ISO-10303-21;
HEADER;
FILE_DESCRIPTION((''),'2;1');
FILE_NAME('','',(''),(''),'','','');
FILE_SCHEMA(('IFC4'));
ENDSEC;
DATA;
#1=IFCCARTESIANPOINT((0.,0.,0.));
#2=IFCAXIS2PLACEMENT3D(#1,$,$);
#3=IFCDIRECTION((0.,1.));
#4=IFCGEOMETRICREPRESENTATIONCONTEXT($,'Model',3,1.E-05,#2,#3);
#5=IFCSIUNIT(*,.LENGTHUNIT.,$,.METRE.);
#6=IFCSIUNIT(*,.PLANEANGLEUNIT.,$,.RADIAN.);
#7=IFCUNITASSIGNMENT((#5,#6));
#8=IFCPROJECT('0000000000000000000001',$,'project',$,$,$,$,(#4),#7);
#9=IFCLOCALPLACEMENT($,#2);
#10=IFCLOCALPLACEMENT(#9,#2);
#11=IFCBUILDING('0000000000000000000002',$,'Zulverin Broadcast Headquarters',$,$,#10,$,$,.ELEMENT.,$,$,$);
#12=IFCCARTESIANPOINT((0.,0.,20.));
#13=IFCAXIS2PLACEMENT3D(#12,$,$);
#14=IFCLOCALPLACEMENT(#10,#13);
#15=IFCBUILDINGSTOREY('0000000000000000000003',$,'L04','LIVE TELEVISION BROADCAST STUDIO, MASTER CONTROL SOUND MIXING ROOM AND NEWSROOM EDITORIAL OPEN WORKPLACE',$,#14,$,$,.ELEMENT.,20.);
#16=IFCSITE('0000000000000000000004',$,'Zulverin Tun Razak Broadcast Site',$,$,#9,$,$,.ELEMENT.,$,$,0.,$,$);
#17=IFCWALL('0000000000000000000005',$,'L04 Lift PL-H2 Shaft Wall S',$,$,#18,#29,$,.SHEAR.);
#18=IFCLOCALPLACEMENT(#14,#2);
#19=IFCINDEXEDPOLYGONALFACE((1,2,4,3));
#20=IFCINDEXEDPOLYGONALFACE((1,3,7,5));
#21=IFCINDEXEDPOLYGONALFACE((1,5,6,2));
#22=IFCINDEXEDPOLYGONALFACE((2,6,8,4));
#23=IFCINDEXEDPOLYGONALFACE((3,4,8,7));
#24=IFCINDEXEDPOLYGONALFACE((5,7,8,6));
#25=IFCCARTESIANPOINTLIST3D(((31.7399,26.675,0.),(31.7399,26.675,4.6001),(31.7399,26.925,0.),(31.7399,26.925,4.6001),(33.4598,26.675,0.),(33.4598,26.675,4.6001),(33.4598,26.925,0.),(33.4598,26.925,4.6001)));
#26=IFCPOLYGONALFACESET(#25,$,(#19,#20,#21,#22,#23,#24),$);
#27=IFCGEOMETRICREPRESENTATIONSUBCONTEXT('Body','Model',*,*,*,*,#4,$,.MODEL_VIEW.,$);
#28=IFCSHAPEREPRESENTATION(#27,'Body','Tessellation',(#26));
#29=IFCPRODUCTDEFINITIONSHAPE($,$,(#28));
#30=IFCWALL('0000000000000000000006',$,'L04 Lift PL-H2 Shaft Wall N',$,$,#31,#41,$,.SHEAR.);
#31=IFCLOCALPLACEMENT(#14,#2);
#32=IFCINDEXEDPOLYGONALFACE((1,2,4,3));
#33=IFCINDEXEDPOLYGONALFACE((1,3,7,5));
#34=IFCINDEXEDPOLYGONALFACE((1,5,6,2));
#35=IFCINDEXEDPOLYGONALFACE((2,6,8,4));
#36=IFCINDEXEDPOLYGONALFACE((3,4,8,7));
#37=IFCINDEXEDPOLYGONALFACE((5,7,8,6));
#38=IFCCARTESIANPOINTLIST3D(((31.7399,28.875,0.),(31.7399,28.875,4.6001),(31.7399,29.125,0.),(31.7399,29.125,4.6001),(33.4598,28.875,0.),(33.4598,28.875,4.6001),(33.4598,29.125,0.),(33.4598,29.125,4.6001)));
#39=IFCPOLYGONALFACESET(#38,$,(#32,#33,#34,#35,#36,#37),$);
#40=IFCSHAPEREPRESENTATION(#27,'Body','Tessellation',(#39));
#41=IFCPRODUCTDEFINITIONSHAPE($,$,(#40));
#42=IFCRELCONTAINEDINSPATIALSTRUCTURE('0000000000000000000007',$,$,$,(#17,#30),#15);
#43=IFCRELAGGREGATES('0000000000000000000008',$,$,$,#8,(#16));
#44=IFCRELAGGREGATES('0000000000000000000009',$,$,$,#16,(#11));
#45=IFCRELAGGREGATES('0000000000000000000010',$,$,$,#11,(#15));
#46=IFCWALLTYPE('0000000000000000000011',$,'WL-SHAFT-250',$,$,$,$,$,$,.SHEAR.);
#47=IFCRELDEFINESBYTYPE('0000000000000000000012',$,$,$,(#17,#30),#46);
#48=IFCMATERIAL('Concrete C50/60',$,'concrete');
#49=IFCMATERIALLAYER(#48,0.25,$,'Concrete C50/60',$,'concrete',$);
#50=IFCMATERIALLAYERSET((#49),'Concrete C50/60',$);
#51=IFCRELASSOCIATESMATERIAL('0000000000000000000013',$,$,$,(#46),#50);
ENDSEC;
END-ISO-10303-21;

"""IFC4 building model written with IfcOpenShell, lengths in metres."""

from ifc_helpers import new_model, si_unit, direction, frame, frame_2d, origin, place, context, subcontext, project, spatial, rectangle, extrude, material, layer, layer_set, type_object, element, save


model = new_model("IFC4")

# Units and contexts
model_context = context("Model", 3, precision=1e-05, world=origin(), true_north=direction((0.0, 1.0)))
body_context = subcontext(model_context, "Body", "Model", "MODEL_VIEW")
ifc_project = project(units=[si_unit("LENGTHUNIT", "METRE"), si_unit("PLANEANGLEUNIT", "RADIAN")], contexts=[model_context])

# Site, building, storey
site_placement = place(None, origin())
site = spatial("IfcSite", under=ifc_project, at=site_placement, Name="Zulverin Tun Razak Broadcast Site", CompositionType="ELEMENT", RefElevation=0.0)
building_placement = place(site_placement, origin())
building = spatial("IfcBuilding", under=site, at=building_placement, Name="Zulverin Broadcast Headquarters", CompositionType="ELEMENT")
storey_placement = place(building_placement, frame((0.0, 0.0, 20.0)))
storey = spatial("IfcBuildingStorey", under=building, at=storey_placement, Name="L04", Description="LIVE TELEVISION BROADCAST STUDIO, MASTER CONTROL SOUND MIXING ROOM AND NEWSROOM EDITORIAL OPEN WORKPLACE", CompositionType="ELEMENT", Elevation=20.0)

# Shared definitions
ifc_material_1 = material(Name="Concrete C50/60", Category="concrete")
ifc_layer_1 = layer(ifc_material_1, 0.25, Name="Concrete C50/60", Category="concrete")
ifc_layer_set_1 = layer_set([ifc_layer_1], Name="Concrete C50/60")
wall_type_1 = type_object("IfcWallType", Name="WL-SHAFT-250", PredefinedType="SHEAR", material=ifc_layer_set_1)

# Walls
for number, where, z_axis, x_axis, name in (
    (1, (31.74, 26.8, 0.0), (0.0, 0.0, 1.0), (1.0, 0.0, 0.0), "L04 Lift PL-H2 Shaft Wall S"),
    (2, (31.74, 29.0, 0.0), (0.0, 0.0, 1.0), (1.0, 0.0, 0.0), "L04 Lift PL-H2 Shaft Wall N"),
):
    element("IfcWall", number, at=place(storey_placement, frame(where, z_axis=z_axis, x_axis=x_axis)), inside=storey, type_object=wall_type_1, Name=name, PredefinedType="SHEAR", context=body_context, shape_type="SweptSolid", body=[
        extrude(rectangle(XDim=1.72, YDim=0.25, at=frame_2d((0.8599, 0.0))), origin(), (0.0, 0.0, 1.0), 4.6001),
    ])

save(model, "model.ifc")
